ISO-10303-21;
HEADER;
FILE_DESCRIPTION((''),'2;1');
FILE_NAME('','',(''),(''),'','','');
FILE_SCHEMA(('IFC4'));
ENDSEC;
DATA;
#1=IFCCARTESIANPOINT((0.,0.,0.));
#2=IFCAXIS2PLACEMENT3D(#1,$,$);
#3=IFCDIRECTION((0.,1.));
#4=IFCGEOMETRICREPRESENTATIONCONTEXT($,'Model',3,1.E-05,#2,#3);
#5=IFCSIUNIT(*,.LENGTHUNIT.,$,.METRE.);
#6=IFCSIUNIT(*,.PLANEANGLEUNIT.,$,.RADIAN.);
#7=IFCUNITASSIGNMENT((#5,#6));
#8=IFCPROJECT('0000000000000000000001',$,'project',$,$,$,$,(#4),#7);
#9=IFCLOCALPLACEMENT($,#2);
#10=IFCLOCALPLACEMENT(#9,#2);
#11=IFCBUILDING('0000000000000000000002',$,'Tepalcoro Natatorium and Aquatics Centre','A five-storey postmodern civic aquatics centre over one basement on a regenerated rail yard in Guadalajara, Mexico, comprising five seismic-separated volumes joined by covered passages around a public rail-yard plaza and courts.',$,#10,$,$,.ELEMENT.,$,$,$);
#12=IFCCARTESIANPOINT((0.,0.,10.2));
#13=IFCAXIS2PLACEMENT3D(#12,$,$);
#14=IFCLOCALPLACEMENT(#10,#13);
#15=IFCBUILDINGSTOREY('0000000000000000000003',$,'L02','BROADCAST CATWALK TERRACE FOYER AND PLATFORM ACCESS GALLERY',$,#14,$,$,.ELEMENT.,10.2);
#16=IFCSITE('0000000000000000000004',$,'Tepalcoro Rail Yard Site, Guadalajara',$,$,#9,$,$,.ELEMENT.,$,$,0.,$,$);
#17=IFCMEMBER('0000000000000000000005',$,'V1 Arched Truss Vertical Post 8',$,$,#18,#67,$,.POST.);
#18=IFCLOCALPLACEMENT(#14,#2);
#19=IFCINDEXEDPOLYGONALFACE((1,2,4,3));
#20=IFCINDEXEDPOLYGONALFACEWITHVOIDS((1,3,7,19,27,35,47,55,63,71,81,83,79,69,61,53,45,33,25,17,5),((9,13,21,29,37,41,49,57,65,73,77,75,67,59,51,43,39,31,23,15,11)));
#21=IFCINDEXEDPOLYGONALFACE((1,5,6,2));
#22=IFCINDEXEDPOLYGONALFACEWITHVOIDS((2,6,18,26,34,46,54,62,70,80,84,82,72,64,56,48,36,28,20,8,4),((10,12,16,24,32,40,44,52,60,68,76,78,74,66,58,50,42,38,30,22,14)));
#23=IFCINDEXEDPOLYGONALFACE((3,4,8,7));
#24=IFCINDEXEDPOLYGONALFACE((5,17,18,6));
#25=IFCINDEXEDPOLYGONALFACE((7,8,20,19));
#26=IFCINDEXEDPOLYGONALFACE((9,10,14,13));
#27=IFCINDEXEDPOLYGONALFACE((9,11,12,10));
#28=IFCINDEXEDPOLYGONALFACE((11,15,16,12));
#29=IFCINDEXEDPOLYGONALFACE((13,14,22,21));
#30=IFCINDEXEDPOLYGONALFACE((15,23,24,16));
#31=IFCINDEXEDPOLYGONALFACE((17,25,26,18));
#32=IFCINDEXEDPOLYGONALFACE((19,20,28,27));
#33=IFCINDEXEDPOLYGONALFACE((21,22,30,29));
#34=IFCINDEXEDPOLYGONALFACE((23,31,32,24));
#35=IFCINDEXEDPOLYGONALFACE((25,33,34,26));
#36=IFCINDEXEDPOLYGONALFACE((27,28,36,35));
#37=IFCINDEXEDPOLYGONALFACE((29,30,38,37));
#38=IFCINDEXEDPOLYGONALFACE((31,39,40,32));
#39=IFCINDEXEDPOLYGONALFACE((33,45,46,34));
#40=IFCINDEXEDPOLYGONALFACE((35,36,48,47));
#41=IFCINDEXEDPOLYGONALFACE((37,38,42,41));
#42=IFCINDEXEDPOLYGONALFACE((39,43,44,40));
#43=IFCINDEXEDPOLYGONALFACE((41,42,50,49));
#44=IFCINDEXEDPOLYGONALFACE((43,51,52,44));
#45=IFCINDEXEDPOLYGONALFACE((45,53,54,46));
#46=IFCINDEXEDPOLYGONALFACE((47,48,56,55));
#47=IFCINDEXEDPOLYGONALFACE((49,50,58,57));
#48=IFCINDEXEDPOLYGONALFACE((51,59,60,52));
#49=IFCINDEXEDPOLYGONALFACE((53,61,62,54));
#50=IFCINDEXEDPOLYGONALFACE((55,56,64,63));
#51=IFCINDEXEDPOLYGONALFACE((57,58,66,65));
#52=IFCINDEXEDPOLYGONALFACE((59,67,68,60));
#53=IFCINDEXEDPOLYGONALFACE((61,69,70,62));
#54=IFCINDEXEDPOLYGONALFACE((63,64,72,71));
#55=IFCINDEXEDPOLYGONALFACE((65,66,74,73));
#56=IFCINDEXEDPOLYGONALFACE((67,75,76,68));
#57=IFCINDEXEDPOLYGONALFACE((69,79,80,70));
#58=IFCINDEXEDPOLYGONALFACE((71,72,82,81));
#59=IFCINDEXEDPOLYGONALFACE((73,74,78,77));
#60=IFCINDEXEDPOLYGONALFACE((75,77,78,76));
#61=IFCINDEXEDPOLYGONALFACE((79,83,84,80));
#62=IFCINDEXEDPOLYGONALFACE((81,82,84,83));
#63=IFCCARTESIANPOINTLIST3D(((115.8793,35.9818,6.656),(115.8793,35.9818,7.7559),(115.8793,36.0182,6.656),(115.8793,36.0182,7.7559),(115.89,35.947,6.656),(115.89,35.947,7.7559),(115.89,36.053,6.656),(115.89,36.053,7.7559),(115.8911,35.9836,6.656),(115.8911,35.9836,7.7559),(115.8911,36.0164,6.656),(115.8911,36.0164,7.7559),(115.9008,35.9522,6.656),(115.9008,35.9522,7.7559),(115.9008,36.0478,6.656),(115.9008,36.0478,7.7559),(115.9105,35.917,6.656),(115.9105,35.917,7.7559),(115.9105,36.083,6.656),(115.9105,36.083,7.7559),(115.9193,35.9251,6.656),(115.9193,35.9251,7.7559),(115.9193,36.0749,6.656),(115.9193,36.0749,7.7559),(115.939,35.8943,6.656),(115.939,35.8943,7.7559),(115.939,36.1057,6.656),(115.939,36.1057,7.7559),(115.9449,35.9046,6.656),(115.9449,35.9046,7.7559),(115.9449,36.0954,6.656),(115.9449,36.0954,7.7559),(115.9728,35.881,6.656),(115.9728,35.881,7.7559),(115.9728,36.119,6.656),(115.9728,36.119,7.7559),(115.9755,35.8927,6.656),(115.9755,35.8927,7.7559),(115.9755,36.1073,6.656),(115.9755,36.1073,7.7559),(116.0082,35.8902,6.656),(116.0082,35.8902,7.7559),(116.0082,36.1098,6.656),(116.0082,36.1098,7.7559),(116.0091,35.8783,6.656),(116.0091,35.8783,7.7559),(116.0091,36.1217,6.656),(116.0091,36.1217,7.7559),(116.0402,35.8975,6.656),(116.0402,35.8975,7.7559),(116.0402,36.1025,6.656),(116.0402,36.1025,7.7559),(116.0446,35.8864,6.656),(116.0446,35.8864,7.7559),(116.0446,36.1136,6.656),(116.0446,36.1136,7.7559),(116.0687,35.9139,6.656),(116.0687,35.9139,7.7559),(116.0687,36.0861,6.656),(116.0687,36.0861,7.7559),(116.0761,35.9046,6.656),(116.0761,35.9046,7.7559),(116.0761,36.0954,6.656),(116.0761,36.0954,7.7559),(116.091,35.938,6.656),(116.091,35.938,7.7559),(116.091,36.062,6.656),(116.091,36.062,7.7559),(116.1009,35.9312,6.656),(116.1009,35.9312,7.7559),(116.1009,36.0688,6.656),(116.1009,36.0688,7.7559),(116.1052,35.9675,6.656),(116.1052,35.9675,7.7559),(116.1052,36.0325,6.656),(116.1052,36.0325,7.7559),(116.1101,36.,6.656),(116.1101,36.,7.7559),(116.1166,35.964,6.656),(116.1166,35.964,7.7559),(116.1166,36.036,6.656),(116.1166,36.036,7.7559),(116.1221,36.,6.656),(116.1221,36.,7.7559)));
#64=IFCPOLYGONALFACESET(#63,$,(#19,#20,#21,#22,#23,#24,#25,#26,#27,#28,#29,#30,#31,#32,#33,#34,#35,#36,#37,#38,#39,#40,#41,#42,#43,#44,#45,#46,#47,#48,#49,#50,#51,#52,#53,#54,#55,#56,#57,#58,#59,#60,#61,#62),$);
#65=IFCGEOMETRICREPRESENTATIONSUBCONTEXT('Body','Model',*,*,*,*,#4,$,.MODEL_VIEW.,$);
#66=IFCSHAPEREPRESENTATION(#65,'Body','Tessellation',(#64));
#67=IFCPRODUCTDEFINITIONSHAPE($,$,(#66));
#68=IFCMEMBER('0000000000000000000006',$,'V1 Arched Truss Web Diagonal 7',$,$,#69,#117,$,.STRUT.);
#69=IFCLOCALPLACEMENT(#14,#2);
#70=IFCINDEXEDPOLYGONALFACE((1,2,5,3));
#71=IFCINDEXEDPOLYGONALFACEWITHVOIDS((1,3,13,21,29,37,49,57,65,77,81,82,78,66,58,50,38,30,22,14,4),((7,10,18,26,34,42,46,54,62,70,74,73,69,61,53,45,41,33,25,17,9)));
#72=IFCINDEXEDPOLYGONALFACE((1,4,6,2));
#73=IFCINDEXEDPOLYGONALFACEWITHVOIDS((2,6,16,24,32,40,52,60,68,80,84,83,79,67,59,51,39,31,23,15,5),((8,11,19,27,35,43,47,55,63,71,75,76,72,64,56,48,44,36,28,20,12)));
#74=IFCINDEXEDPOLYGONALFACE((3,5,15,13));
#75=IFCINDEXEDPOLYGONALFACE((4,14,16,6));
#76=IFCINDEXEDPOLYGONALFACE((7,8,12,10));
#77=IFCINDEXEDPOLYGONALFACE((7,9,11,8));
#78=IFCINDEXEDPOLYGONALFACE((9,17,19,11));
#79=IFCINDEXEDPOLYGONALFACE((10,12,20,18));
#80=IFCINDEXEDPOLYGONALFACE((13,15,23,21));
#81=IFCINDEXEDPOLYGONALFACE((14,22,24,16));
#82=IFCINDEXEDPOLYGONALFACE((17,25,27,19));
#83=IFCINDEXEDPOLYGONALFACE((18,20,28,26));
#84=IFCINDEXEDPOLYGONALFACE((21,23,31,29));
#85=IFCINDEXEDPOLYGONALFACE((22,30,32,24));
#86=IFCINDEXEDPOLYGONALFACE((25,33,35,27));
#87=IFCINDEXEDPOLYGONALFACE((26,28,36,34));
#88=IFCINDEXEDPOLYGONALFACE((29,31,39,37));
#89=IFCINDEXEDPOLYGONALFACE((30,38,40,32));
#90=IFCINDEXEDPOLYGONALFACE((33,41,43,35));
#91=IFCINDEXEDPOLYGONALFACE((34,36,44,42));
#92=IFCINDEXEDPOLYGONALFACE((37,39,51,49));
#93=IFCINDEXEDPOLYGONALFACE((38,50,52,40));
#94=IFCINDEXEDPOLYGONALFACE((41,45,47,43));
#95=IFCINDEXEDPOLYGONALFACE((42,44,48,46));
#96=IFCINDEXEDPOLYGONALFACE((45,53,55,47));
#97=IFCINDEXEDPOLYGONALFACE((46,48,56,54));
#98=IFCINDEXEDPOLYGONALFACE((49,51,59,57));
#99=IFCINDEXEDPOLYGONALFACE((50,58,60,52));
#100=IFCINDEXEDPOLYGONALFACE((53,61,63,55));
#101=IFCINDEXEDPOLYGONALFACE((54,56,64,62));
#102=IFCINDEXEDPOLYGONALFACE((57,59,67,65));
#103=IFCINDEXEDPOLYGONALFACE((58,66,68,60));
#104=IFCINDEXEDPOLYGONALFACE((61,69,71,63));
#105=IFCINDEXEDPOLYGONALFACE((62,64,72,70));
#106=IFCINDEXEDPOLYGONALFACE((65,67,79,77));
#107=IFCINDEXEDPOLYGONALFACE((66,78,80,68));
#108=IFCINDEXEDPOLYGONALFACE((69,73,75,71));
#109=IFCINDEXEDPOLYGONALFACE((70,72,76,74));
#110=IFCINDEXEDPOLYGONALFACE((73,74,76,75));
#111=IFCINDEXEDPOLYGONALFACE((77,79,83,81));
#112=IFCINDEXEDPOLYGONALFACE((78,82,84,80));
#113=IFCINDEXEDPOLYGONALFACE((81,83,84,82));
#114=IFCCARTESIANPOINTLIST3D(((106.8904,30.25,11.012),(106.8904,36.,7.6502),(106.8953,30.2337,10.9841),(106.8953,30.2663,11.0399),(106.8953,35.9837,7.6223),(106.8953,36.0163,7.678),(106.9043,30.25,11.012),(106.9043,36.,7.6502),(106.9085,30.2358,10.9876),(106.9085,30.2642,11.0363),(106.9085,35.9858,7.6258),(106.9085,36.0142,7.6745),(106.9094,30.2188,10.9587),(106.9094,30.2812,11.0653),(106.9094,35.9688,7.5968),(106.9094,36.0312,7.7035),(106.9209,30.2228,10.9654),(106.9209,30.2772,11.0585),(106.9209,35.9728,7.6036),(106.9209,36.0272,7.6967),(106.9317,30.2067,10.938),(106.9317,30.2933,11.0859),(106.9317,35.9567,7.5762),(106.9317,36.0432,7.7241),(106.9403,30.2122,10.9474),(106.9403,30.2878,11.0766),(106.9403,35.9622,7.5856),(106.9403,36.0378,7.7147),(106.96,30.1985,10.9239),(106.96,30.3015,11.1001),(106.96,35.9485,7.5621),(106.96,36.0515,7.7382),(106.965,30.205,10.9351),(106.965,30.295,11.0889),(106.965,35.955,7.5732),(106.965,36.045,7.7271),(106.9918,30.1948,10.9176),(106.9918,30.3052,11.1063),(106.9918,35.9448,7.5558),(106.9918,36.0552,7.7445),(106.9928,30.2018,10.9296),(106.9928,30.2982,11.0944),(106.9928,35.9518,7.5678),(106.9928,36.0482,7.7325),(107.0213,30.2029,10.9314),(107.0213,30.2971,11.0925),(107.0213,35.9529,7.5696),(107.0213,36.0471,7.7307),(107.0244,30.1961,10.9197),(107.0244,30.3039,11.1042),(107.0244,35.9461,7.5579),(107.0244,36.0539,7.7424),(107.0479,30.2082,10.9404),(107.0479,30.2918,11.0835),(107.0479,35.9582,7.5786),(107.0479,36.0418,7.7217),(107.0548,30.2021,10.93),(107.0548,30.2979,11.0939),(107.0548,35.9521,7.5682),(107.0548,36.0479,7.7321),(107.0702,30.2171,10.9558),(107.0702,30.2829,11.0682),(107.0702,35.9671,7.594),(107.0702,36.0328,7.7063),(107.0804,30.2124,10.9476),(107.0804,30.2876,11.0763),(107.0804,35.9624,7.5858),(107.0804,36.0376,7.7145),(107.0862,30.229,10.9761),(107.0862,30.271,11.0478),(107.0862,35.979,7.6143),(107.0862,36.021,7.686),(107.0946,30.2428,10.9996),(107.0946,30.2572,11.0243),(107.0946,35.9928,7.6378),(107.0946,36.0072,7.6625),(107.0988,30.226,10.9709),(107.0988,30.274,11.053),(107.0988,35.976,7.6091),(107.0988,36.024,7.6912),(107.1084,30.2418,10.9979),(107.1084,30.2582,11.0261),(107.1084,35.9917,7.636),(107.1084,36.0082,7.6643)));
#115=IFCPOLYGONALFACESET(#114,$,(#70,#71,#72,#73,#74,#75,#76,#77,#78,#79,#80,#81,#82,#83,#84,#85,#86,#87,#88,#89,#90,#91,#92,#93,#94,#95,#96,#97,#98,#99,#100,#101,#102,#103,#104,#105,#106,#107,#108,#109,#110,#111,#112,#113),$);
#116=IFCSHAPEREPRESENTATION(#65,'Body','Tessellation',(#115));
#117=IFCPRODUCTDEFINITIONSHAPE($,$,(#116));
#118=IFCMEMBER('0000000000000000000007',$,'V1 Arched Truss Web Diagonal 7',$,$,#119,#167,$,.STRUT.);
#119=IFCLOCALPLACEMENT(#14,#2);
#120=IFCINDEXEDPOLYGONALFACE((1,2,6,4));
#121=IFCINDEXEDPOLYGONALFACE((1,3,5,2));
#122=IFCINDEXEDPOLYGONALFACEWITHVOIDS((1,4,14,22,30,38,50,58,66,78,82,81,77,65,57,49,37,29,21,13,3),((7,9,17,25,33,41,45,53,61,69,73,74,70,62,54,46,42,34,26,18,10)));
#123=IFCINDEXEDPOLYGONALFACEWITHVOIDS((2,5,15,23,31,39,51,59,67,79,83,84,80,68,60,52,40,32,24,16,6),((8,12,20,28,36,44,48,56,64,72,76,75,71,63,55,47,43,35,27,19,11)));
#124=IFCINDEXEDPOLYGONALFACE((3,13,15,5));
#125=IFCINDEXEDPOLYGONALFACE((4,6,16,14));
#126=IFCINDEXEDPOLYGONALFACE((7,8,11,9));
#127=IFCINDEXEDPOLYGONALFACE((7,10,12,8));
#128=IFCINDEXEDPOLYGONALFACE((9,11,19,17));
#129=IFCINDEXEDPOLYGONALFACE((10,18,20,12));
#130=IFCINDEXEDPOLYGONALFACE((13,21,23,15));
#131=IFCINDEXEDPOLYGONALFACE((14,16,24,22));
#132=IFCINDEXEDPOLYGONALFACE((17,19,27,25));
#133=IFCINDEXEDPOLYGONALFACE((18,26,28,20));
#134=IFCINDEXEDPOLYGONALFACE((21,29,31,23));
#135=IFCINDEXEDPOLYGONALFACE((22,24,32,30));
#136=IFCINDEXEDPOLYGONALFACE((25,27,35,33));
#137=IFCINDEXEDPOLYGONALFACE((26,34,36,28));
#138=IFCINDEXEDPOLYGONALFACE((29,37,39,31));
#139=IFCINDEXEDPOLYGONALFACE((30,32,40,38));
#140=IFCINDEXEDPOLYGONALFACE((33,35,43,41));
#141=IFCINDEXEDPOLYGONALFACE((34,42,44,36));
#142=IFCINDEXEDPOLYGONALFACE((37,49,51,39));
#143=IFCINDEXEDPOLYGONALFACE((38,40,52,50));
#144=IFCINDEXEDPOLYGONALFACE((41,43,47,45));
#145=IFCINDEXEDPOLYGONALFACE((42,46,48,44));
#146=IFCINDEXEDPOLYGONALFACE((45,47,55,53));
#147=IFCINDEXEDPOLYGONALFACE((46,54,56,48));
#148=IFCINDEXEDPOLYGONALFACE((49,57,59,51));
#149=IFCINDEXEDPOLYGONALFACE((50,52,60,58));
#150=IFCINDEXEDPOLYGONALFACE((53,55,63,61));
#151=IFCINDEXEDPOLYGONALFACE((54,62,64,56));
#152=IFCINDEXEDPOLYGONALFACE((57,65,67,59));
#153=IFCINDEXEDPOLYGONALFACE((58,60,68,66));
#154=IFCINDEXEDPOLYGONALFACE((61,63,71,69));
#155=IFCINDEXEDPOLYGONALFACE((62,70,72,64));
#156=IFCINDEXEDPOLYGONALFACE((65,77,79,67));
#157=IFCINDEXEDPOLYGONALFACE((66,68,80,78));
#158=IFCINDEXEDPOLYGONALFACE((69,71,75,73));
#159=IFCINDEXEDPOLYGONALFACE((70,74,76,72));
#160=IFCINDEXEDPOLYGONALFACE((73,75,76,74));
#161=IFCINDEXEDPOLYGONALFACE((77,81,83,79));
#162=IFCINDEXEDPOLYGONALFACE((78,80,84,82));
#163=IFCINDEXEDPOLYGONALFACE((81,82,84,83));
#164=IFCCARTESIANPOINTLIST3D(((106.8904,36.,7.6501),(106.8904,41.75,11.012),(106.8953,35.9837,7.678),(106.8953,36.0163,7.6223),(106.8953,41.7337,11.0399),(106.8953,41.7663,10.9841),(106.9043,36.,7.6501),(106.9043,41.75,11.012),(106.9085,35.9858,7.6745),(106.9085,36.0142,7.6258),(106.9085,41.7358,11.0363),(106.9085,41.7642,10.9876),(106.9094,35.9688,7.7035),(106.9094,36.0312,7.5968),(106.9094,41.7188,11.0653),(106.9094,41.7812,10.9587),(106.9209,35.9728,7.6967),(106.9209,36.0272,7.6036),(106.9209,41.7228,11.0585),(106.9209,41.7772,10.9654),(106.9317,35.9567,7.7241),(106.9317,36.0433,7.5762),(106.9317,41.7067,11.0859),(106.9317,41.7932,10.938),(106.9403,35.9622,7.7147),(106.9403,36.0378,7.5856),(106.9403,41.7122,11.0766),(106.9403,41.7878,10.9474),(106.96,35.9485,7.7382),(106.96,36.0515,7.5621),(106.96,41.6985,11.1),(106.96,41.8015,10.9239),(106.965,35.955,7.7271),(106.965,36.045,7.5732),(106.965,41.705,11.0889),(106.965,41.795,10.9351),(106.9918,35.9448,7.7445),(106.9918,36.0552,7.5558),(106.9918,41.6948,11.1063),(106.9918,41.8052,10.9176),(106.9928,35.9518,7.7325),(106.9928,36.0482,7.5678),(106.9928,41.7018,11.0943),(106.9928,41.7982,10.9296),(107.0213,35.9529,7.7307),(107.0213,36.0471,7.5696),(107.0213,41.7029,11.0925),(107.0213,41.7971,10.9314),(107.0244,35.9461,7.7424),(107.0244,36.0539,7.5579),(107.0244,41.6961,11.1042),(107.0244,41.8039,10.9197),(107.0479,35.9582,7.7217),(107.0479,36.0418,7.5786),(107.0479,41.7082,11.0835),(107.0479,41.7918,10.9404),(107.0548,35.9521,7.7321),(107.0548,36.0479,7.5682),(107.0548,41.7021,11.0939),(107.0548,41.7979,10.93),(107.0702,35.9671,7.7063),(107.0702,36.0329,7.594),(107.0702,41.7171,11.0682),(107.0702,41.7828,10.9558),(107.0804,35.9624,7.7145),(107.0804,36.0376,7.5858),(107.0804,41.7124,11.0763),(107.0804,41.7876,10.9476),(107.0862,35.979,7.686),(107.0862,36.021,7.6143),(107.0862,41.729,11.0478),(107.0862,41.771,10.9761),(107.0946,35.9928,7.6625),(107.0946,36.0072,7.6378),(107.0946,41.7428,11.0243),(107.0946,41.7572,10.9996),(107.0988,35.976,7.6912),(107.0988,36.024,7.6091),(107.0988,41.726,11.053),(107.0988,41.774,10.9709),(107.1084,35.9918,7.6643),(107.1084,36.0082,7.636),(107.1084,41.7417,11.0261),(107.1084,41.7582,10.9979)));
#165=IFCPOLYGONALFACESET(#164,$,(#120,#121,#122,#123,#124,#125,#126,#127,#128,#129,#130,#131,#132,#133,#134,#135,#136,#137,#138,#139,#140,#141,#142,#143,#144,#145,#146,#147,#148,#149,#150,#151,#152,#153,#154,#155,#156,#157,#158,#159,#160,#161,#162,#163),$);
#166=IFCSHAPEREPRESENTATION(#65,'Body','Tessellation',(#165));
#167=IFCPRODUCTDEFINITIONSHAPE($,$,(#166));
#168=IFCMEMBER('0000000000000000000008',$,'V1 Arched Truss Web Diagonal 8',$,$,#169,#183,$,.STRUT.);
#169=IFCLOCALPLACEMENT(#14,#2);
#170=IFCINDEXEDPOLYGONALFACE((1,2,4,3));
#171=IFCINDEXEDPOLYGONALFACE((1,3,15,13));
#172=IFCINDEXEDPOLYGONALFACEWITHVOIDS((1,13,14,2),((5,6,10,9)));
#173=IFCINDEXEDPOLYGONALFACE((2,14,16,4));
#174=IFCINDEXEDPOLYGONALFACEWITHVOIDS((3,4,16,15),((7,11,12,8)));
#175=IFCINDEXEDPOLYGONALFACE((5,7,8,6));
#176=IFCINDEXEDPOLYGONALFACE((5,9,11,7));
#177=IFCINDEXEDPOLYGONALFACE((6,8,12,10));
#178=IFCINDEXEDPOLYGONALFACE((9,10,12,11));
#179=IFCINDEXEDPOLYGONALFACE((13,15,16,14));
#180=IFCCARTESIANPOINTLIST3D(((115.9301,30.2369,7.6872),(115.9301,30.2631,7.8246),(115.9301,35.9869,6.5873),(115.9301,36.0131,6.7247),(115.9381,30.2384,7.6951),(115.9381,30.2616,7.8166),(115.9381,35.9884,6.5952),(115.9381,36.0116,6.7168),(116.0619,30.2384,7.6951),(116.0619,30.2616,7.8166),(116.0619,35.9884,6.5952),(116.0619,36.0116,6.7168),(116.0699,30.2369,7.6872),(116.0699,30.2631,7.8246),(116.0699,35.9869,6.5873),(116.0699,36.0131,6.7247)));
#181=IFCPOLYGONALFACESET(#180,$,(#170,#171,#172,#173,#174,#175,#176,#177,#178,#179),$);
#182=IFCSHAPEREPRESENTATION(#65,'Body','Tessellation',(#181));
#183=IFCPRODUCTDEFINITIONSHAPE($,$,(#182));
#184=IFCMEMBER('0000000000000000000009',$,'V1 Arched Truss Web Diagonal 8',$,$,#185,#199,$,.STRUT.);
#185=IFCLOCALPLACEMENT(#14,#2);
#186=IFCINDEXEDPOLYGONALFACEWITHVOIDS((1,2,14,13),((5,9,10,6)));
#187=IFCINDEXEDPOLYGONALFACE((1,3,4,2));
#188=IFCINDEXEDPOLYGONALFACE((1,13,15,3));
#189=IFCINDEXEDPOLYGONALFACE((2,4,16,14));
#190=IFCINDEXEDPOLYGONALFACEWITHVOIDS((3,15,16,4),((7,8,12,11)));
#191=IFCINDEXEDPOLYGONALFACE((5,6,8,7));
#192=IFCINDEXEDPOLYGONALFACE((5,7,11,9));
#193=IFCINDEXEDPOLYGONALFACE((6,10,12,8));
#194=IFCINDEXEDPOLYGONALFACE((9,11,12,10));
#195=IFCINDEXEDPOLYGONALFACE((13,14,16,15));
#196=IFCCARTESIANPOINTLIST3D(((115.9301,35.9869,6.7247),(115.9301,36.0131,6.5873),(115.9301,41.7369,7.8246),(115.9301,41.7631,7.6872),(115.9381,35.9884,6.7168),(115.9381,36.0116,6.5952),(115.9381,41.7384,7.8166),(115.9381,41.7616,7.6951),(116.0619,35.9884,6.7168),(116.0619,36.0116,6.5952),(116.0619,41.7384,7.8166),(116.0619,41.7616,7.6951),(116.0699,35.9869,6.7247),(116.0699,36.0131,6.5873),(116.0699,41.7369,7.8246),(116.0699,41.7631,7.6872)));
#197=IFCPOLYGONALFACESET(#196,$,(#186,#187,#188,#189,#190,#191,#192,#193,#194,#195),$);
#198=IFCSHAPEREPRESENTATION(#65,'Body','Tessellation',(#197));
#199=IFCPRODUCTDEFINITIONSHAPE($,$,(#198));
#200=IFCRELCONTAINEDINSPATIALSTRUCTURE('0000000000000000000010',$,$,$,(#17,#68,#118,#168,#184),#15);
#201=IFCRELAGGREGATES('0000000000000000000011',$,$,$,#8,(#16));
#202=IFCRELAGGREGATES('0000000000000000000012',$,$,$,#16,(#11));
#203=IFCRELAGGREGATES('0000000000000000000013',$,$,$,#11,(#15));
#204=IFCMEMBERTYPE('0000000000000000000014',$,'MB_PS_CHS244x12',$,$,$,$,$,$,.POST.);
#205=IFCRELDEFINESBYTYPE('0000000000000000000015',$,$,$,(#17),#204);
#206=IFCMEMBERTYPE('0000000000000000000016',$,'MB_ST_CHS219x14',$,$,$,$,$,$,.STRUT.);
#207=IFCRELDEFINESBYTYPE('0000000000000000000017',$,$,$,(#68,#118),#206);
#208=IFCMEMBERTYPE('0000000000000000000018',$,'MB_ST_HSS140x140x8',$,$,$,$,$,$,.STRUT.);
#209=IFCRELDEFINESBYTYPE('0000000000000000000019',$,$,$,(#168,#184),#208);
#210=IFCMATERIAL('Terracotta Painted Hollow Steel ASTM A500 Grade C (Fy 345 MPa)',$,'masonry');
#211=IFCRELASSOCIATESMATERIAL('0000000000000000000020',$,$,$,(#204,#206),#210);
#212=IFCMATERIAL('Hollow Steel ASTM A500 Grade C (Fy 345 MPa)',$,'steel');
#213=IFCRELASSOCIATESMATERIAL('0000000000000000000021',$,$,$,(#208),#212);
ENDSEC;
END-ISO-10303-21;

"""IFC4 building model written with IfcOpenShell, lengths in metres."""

from ifc_helpers import new_model, si_unit, direction, frame, origin, origin_2d, place, context, subcontext, project, spatial, hollow_rectangle, hollow_circle, extrude, material, material_profile, profile_set, type_object, element, save


model = new_model("IFC4")

# Units and contexts
model_context = context("Model", 3, precision=1e-05, world=origin(), true_north=direction((0.0, 1.0)))
body_context = subcontext(model_context, "Body", "Model", "MODEL_VIEW")
ifc_project = project(units=[si_unit("LENGTHUNIT", "METRE"), si_unit("PLANEANGLEUNIT", "RADIAN")], contexts=[model_context])

# Site, building, storey
site_placement = place(None, origin())
site = spatial("IfcSite", under=ifc_project, at=site_placement, Name="Tepalcoro Rail Yard Site, Guadalajara", CompositionType="ELEMENT", RefElevation=0.0)
building_placement = place(site_placement, origin())
building = spatial("IfcBuilding", under=site, at=building_placement, Name="Tepalcoro Natatorium and Aquatics Centre", Description="A five-storey postmodern civic aquatics centre over one basement on a regenerated rail yard in Guadalajara, Mexico, comprising five seismic-separated volumes joined by covered passages around a public rail-yard plaza and courts.", CompositionType="ELEMENT")
storey_placement = place(building_placement, frame((0.0, 0.0, 10.2)))
storey = spatial("IfcBuildingStorey", under=building, at=storey_placement, Name="L02", Description="BROADCAST CATWALK TERRACE FOYER AND PLATFORM ACCESS GALLERY", CompositionType="ELEMENT", Elevation=10.2)

# Shared definitions
ifc_material_1 = material(Name="Terracotta Painted Hollow Steel ASTM A500 Grade C (Fy 345 MPa)", Category="masonry")

# Members
ifc_material_2 = material(Name="Hollow Steel ASTM A500 Grade C (Fy 345 MPa)", Category="steel")
ifc_material_profile_1 = material_profile(ifc_material_1, hollow_circle(Radius=0.1221, WallThickness=0.012, at=origin_2d()), Name="CHS244X12")
ifc_profile_set_1 = profile_set([ifc_material_profile_1], Name="Terracotta Painted Hollow Steel ASTM A500 Grade C (Fy 345 MPa)")
member_type_1 = type_object("IfcMemberType", Name="MB_PS_CHS244x12", PredefinedType="POST", material=ifc_profile_set_1)
for number, where, z_axis, x_axis, name in (
    (1, (116.0, 36.0, 6.656), (0.0, 0.0, 1.0), (1.0, 0.0, 0.0), "V1 Arched Truss Vertical Post 8"),
):
    element("IfcMember", number, at=place(storey_placement, frame(where, z_axis=z_axis, x_axis=x_axis)), inside=storey, type_object=member_type_1, Name=name, PredefinedType="POST", context=body_context, shape_type="SweptSolid", body=[
        extrude(hollow_circle(Radius=0.1221, WallThickness=0.012, at=origin_2d()), origin(), (0.0, 0.0, 1.0), 1.0999),
    ])
ifc_material_profile_2 = material_profile(ifc_material_1, hollow_circle(Radius=0.1096, WallThickness=0.0139, at=origin_2d()), Name="CHS219X14")
ifc_profile_set_2 = profile_set([ifc_material_profile_2], Name="Terracotta Painted Hollow Steel ASTM A500 Grade C (Fy 345 MPa)")
member_type_2 = type_object("IfcMemberType", Name="MB_ST_CHS219x14", PredefinedType="STRUT", material=ifc_profile_set_2)
for number, where, z_axis, x_axis, name in (
    (2, (107.0, 30.25, 11.012), (0.0, 0.863279, -0.504728), (-1.0, 0.0, 0.0), "V1 Arched Truss Web Diagonal 7"),
    (3, (107.0, 36.0, 7.6501), (0.0, 0.863279, 0.504728), (-1.0, 0.0, 0.0), "V1 Arched Truss Web Diagonal 7"),
):
    element("IfcMember", number, at=place(storey_placement, frame(where, z_axis=z_axis, x_axis=x_axis)), inside=storey, type_object=member_type_2, Name=name, PredefinedType="STRUT", context=body_context, shape_type="SweptSolid", body=[
        extrude(hollow_circle(Radius=0.1096, WallThickness=0.0139, at=origin_2d()), origin(), (0.0, 0.0, 1.0), 6.6606),
    ])
ifc_material_profile_3 = material_profile(ifc_material_2, hollow_rectangle(XDim=0.1399, YDim=0.1399, WallThickness=0.0081, at=origin_2d()), Name="HSS140X140X8")
ifc_profile_set_3 = profile_set([ifc_material_profile_3], Name="Hollow Steel ASTM A500 Grade C (Fy 345 MPa)")
member_type_3 = type_object("IfcMemberType", Name="MB_ST_HSS140x140x8", PredefinedType="STRUT", material=ifc_profile_set_3)
for number, where, z_axis, x_axis, name in (
    (4, (116.0, 30.25, 7.7559), (0.0, 0.982193, -0.187873), (-1.0, 0.0, 0.0), "V1 Arched Truss Web Diagonal 8"),
    (5, (116.0, 36.0, 6.656), (0.0, 0.982193, 0.187873), (-1.0, 0.0, 0.0), "V1 Arched Truss Web Diagonal 8"),
):
    element("IfcMember", number, at=place(storey_placement, frame(where, z_axis=z_axis, x_axis=x_axis)), inside=storey, type_object=member_type_3, Name=name, PredefinedType="STRUT", context=body_context, shape_type="SweptSolid", body=[
        extrude(hollow_rectangle(XDim=0.1399, YDim=0.1399, WallThickness=0.0081, at=origin_2d()), origin(), (0.0, 0.0, 1.0), 5.8542),
    ])

save(model, "model.ifc")
